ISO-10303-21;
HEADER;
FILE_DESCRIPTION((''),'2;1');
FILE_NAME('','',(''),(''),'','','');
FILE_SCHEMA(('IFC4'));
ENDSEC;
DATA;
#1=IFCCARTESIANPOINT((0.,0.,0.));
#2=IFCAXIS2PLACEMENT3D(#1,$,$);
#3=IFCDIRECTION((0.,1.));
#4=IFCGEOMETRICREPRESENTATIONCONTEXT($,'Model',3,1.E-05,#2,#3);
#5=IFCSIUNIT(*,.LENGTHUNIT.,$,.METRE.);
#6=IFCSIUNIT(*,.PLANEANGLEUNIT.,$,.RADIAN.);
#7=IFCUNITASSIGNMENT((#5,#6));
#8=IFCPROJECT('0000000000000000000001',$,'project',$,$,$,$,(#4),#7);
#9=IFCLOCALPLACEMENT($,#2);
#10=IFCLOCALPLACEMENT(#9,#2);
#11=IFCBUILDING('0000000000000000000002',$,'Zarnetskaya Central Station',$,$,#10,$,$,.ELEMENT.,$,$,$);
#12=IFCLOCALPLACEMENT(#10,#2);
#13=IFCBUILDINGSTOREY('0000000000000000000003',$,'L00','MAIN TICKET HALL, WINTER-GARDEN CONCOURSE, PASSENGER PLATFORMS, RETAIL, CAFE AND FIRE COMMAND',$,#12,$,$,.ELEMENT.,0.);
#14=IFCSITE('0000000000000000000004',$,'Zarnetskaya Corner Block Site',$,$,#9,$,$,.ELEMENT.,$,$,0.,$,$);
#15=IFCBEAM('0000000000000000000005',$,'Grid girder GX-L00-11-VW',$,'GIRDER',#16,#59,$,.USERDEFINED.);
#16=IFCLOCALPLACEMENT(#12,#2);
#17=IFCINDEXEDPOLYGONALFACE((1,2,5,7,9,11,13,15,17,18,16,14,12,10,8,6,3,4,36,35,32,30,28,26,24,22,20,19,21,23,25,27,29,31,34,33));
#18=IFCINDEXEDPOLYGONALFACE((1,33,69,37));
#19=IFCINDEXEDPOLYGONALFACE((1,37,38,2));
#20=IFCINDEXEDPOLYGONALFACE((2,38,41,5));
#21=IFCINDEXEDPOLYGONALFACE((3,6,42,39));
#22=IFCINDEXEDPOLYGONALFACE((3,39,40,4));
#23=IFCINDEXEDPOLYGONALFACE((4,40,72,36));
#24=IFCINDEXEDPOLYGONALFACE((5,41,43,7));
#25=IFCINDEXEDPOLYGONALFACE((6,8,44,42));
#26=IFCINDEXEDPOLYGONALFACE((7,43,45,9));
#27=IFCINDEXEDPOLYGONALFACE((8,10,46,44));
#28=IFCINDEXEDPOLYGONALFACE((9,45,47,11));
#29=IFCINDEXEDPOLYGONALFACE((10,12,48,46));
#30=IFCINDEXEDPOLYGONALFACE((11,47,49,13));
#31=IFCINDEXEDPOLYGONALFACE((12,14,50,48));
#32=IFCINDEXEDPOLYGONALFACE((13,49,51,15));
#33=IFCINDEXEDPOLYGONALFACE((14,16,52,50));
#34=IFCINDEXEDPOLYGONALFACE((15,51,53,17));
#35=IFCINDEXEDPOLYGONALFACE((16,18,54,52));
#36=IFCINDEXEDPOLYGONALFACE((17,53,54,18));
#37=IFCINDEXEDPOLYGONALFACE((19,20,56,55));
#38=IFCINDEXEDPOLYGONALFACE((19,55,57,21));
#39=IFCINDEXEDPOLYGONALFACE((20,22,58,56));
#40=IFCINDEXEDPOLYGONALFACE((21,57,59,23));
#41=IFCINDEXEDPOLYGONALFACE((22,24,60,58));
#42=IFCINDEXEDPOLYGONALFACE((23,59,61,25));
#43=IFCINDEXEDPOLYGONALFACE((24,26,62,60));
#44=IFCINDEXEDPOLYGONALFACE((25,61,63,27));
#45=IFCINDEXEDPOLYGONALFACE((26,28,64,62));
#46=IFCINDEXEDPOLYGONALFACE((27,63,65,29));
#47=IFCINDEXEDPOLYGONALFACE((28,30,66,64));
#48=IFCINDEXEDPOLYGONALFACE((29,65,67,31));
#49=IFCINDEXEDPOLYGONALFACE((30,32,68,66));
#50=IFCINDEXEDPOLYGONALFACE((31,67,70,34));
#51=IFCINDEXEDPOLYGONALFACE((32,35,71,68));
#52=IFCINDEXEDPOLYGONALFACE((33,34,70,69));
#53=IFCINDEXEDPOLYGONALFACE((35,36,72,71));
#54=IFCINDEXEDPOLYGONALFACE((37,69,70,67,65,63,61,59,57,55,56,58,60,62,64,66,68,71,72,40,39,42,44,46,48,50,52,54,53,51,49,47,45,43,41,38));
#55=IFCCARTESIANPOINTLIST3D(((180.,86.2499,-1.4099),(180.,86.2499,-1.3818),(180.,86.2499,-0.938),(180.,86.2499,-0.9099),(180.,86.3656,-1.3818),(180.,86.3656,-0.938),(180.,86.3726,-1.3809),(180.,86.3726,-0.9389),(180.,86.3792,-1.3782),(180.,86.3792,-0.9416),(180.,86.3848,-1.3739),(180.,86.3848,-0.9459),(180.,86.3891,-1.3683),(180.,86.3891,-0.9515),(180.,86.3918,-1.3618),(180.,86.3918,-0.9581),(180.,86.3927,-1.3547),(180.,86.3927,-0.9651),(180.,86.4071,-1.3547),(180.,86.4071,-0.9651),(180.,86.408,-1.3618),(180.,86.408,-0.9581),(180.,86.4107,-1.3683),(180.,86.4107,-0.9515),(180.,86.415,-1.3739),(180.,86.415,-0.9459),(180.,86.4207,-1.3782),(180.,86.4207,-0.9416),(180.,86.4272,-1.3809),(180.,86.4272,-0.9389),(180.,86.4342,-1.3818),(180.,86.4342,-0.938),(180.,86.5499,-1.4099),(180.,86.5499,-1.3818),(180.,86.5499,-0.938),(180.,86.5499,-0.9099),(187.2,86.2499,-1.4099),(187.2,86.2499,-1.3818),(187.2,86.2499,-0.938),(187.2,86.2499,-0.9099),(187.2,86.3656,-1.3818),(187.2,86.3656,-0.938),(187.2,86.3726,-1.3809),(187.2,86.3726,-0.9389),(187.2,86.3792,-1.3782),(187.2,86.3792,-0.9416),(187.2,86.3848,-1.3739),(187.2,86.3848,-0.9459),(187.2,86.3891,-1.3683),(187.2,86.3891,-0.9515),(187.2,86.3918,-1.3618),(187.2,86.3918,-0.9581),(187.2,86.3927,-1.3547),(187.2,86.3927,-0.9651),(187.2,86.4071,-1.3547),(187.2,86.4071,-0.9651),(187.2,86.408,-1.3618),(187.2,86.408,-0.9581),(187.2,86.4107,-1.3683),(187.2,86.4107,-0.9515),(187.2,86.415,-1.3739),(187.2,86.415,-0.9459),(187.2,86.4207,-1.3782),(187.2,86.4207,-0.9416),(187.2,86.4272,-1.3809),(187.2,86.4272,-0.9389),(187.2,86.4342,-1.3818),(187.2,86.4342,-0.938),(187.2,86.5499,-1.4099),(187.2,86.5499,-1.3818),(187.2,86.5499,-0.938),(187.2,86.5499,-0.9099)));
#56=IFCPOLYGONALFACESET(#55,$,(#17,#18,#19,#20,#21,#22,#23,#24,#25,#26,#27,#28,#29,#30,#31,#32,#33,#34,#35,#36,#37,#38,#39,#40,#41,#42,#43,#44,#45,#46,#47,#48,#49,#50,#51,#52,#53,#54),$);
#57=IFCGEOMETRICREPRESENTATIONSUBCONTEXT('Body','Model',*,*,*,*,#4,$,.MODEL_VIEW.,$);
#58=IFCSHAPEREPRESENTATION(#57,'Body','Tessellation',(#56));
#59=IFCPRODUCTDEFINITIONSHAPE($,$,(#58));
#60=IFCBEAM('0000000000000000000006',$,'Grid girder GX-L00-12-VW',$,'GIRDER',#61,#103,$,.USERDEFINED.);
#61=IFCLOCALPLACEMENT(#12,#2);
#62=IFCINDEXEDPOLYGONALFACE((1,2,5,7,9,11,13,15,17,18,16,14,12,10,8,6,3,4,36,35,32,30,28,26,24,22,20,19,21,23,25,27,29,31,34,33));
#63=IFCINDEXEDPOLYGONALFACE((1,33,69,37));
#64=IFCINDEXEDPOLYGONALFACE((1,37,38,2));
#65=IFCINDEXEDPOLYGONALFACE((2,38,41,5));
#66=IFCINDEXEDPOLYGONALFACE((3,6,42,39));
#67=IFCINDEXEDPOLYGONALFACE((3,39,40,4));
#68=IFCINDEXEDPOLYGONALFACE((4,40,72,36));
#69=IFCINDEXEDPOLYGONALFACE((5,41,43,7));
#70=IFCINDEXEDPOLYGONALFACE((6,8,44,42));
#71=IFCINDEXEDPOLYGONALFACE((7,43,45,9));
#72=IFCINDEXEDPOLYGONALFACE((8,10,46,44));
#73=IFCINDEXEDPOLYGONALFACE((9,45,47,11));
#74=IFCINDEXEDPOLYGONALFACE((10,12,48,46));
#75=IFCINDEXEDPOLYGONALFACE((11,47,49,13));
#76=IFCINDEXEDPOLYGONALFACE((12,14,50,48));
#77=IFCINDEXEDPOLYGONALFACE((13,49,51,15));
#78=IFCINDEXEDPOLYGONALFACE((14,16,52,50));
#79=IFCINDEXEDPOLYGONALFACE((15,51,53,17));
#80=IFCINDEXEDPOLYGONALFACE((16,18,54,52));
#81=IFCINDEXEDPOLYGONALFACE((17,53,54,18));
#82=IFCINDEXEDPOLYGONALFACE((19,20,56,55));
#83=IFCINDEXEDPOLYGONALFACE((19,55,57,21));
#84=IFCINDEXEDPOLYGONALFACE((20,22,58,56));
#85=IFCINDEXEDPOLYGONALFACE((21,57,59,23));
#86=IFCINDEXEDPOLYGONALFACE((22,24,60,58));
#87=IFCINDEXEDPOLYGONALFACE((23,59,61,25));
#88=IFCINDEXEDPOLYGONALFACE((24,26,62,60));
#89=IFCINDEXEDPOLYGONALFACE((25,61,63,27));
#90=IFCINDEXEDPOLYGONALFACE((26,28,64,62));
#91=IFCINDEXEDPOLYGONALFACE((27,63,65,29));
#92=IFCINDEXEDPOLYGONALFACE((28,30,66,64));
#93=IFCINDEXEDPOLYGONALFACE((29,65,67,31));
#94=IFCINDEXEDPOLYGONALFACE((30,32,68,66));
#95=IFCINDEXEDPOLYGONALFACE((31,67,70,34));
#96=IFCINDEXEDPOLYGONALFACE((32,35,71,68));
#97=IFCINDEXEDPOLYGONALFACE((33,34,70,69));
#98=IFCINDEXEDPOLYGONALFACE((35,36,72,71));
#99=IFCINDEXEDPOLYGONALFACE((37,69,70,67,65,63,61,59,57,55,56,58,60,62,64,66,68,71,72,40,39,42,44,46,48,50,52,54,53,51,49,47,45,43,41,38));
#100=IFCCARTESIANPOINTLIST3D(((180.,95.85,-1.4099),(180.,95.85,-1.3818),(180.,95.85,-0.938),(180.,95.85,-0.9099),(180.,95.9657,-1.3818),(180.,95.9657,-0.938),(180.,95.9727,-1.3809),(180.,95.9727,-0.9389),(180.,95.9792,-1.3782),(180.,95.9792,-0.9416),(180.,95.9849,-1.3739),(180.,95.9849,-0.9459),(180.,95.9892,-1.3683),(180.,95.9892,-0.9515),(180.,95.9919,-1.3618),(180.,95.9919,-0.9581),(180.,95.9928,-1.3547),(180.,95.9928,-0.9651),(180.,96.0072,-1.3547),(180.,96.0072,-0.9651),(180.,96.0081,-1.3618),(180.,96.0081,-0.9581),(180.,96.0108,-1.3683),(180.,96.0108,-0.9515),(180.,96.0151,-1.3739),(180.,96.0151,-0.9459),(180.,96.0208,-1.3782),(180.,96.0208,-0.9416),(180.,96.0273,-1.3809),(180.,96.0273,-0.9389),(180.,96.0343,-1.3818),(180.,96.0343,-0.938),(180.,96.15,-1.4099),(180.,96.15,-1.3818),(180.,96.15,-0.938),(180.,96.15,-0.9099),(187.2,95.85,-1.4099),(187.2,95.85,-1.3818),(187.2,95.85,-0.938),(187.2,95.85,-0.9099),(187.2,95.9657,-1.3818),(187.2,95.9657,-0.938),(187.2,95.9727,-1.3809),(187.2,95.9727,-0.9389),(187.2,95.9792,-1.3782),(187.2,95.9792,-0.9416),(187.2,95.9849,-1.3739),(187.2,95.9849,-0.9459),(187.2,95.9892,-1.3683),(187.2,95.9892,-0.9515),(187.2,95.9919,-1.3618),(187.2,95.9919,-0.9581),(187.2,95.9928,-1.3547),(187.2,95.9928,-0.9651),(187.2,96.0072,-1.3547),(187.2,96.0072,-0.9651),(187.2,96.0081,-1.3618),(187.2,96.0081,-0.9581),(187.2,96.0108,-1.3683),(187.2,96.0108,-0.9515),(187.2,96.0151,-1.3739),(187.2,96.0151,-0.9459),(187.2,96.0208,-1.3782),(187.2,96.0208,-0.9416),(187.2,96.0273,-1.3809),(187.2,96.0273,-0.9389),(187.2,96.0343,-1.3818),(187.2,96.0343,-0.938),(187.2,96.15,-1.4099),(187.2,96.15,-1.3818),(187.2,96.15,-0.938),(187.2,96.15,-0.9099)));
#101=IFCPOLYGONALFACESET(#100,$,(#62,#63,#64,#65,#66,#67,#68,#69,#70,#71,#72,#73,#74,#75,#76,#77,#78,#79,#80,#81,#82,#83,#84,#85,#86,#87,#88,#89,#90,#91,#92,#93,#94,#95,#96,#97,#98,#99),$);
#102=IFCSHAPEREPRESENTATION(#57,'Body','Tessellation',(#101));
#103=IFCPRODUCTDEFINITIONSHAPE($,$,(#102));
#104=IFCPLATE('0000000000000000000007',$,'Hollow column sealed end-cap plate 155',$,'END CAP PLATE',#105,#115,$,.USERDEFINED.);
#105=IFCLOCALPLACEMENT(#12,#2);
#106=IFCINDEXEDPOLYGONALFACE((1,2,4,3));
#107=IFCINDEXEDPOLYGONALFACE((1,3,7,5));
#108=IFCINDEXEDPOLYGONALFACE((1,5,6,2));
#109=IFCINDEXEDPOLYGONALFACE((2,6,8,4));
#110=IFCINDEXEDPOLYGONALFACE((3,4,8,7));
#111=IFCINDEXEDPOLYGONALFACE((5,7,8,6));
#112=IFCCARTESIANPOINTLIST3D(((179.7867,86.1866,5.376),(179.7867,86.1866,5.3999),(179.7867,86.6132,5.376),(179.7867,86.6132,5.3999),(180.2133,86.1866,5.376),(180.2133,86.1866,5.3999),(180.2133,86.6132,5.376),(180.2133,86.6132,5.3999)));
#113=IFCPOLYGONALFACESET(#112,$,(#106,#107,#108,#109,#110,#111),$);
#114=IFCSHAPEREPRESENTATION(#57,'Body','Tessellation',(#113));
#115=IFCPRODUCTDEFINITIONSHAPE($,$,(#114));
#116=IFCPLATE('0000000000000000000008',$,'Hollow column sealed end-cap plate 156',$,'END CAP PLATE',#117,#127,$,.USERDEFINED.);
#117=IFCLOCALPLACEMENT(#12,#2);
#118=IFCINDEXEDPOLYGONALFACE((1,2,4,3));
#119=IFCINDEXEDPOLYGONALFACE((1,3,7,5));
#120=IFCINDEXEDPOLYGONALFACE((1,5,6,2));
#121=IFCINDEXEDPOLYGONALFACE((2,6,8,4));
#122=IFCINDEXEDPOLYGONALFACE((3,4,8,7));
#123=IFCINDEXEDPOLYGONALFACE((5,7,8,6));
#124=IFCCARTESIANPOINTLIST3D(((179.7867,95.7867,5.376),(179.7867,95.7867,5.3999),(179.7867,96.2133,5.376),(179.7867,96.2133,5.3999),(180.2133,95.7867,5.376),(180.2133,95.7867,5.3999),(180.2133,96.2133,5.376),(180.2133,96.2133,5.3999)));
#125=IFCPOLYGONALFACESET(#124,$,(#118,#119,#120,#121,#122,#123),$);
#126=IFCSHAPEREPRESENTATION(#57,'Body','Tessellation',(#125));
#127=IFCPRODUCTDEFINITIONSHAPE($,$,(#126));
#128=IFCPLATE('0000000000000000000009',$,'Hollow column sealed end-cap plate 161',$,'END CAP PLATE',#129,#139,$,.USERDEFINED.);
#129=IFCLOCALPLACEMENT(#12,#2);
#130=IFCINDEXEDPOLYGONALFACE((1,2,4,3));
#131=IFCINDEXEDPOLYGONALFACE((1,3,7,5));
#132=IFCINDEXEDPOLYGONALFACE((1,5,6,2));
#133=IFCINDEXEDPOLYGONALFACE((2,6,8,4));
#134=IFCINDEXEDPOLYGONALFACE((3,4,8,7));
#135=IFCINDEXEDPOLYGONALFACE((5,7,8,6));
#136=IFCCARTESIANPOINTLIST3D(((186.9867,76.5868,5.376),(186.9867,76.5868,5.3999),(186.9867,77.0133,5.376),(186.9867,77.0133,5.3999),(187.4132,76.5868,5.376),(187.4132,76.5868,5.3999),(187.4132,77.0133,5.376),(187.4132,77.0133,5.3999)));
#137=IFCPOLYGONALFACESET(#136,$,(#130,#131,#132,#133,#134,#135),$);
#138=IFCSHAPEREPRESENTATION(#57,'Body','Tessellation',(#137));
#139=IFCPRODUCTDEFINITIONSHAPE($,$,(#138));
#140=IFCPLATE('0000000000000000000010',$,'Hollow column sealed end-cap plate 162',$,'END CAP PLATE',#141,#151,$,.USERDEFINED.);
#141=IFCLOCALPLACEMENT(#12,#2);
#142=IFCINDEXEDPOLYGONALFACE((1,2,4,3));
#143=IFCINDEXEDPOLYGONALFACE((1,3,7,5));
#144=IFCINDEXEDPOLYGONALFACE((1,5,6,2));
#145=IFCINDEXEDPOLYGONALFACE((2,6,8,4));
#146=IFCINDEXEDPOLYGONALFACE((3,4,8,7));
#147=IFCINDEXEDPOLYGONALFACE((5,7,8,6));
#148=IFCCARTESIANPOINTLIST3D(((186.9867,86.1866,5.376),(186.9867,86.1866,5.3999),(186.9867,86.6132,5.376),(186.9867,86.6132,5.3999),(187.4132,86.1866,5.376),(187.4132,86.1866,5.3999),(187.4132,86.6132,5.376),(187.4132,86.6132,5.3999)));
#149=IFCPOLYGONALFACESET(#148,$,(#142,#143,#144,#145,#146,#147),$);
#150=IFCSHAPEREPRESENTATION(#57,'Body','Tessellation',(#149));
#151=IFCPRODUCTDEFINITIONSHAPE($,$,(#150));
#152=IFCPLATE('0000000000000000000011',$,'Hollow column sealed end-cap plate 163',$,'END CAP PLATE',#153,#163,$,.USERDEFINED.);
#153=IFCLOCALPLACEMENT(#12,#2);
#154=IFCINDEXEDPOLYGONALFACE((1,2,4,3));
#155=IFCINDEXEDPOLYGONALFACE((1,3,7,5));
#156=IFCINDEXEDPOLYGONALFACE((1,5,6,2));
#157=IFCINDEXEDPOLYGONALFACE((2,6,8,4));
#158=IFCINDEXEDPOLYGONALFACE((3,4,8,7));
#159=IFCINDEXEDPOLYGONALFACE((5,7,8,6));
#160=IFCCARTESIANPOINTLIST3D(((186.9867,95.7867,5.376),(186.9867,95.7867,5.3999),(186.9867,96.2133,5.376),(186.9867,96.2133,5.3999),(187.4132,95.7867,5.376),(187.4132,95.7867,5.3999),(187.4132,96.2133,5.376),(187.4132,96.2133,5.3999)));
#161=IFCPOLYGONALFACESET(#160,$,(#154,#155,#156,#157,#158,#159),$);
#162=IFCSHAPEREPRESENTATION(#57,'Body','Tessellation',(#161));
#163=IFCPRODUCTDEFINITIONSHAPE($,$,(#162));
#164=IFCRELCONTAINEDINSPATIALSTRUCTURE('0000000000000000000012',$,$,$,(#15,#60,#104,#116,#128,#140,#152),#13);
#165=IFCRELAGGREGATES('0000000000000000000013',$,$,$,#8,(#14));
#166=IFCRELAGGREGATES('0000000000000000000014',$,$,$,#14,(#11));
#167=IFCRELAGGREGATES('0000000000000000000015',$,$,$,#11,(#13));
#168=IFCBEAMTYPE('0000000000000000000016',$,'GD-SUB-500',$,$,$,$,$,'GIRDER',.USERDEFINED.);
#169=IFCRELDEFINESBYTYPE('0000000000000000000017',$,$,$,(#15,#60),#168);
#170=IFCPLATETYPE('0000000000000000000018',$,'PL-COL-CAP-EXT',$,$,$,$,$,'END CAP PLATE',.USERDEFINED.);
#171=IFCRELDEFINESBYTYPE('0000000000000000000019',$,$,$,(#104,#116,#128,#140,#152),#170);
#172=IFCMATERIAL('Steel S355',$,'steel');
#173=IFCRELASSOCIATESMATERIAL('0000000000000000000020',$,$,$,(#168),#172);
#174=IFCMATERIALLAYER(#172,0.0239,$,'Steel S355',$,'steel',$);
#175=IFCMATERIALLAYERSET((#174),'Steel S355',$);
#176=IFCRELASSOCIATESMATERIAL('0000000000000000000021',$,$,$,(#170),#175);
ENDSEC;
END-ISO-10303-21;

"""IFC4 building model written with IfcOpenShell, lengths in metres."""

from ifc_helpers import new_model, si_unit, direction, frame, origin, origin_2d, place, context, subcontext, project, spatial, rectangle, i_section, extrude, material, layer, layer_set, material_profile, profile_set, type_object, element, save


model = new_model("IFC4")

# Units and contexts
model_context = context("Model", 3, precision=1e-05, world=origin(), true_north=direction((0.0, 1.0)))
body_context = subcontext(model_context, "Body", "Model", "MODEL_VIEW")
ifc_project = project(units=[si_unit("LENGTHUNIT", "METRE"), si_unit("PLANEANGLEUNIT", "RADIAN")], contexts=[model_context])

# Site, building, storey
site_placement = place(None, origin())
site = spatial("IfcSite", under=ifc_project, at=site_placement, Name="Zarnetskaya Corner Block Site", CompositionType="ELEMENT", RefElevation=0.0)
building_placement = place(site_placement, origin())
building = spatial("IfcBuilding", under=site, at=building_placement, Name="Zarnetskaya Central Station", CompositionType="ELEMENT")
storey_placement = place(building_placement, origin())
storey = spatial("IfcBuildingStorey", under=building, at=storey_placement, Name="L00", Description="MAIN TICKET HALL, WINTER-GARDEN CONCOURSE, PASSENGER PLATFORMS, RETAIL, CAFE AND FIRE COMMAND", CompositionType="ELEMENT", Elevation=0.0)

# Shared definitions
ifc_material = material(Name="Steel S355", Category="steel")

# Beams
ifc_material_profile_1 = material_profile(ifc_material, i_section(OverallWidth=0.3, OverallDepth=0.5, WebThickness=0.0144, FlangeThickness=0.0281, FilletRadius=0.0271, at=origin_2d()), Name="HEB 500")
ifc_profile_set_1 = profile_set([ifc_material_profile_1], Name="Steel S355")
beam_type_1 = type_object("IfcBeamType", Name="GD-SUB-500", ElementType="GIRDER", PredefinedType="USERDEFINED", material=ifc_profile_set_1)
for number, where, z_axis, x_axis, name in (
    (1, (180.0, 86.3999, -1.1599), (1.0, 0.0, 0.0), (0.0, 1.0, 0.0), "Grid girder GX-L00-11-VW"),
    (2, (180.0, 96.0, -1.1599), (1.0, 0.0, 0.0), (0.0, 1.0, 0.0), "Grid girder GX-L00-12-VW"),
):
    element("IfcBeam", number, at=place(storey_placement, frame(where, z_axis=z_axis, x_axis=x_axis)), inside=storey, type_object=beam_type_1, Name=name, ObjectType="GIRDER", PredefinedType="USERDEFINED", context=body_context, shape_type="SweptSolid", body=[
        extrude(i_section(OverallWidth=0.3, OverallDepth=0.5, WebThickness=0.0144, FlangeThickness=0.0281, FilletRadius=0.0271, at=origin_2d()), origin(), (0.0, 0.0, 1.0), 7.2),
    ])

# Plates
ifc_layer = layer(ifc_material, 0.0239, Name="Steel S355", Category="steel")
ifc_layer_set = layer_set([ifc_layer], Name="Steel S355")
plate_type = type_object("IfcPlateType", Name="PL-COL-CAP-EXT", ElementType="END CAP PLATE", PredefinedType="USERDEFINED", material=ifc_layer_set)
for number, where, z_axis, x_axis, name in (
    (3, (180.0, 86.3999, 5.376), (0.0, 0.0, 1.0), (1.0, 0.0, 0.0), "Hollow column sealed end-cap plate 155"),
    (4, (180.0, 96.0, 5.376), (0.0, 0.0, 1.0), (1.0, 0.0, 0.0), "Hollow column sealed end-cap plate 156"),
    (5, (187.2, 76.8, 5.376), (0.0, 0.0, 1.0), (1.0, 0.0, 0.0), "Hollow column sealed end-cap plate 161"),
    (6, (187.2, 86.3999, 5.376), (0.0, 0.0, 1.0), (1.0, 0.0, 0.0), "Hollow column sealed end-cap plate 162"),
    (7, (187.2, 96.0, 5.376), (0.0, 0.0, 1.0), (1.0, 0.0, 0.0), "Hollow column sealed end-cap plate 163"),
):
    element("IfcPlate", number, at=place(storey_placement, frame(where, z_axis=z_axis, x_axis=x_axis)), inside=storey, type_object=plate_type, Name=name, ObjectType="END CAP PLATE", PredefinedType="USERDEFINED", context=body_context, shape_type="SweptSolid", body=[
        extrude(rectangle(XDim=0.4265, YDim=0.4265, at=origin_2d()), origin(), (0.0, 0.0, 1.0), 0.0239),
    ])

save(model, "model.ifc")
